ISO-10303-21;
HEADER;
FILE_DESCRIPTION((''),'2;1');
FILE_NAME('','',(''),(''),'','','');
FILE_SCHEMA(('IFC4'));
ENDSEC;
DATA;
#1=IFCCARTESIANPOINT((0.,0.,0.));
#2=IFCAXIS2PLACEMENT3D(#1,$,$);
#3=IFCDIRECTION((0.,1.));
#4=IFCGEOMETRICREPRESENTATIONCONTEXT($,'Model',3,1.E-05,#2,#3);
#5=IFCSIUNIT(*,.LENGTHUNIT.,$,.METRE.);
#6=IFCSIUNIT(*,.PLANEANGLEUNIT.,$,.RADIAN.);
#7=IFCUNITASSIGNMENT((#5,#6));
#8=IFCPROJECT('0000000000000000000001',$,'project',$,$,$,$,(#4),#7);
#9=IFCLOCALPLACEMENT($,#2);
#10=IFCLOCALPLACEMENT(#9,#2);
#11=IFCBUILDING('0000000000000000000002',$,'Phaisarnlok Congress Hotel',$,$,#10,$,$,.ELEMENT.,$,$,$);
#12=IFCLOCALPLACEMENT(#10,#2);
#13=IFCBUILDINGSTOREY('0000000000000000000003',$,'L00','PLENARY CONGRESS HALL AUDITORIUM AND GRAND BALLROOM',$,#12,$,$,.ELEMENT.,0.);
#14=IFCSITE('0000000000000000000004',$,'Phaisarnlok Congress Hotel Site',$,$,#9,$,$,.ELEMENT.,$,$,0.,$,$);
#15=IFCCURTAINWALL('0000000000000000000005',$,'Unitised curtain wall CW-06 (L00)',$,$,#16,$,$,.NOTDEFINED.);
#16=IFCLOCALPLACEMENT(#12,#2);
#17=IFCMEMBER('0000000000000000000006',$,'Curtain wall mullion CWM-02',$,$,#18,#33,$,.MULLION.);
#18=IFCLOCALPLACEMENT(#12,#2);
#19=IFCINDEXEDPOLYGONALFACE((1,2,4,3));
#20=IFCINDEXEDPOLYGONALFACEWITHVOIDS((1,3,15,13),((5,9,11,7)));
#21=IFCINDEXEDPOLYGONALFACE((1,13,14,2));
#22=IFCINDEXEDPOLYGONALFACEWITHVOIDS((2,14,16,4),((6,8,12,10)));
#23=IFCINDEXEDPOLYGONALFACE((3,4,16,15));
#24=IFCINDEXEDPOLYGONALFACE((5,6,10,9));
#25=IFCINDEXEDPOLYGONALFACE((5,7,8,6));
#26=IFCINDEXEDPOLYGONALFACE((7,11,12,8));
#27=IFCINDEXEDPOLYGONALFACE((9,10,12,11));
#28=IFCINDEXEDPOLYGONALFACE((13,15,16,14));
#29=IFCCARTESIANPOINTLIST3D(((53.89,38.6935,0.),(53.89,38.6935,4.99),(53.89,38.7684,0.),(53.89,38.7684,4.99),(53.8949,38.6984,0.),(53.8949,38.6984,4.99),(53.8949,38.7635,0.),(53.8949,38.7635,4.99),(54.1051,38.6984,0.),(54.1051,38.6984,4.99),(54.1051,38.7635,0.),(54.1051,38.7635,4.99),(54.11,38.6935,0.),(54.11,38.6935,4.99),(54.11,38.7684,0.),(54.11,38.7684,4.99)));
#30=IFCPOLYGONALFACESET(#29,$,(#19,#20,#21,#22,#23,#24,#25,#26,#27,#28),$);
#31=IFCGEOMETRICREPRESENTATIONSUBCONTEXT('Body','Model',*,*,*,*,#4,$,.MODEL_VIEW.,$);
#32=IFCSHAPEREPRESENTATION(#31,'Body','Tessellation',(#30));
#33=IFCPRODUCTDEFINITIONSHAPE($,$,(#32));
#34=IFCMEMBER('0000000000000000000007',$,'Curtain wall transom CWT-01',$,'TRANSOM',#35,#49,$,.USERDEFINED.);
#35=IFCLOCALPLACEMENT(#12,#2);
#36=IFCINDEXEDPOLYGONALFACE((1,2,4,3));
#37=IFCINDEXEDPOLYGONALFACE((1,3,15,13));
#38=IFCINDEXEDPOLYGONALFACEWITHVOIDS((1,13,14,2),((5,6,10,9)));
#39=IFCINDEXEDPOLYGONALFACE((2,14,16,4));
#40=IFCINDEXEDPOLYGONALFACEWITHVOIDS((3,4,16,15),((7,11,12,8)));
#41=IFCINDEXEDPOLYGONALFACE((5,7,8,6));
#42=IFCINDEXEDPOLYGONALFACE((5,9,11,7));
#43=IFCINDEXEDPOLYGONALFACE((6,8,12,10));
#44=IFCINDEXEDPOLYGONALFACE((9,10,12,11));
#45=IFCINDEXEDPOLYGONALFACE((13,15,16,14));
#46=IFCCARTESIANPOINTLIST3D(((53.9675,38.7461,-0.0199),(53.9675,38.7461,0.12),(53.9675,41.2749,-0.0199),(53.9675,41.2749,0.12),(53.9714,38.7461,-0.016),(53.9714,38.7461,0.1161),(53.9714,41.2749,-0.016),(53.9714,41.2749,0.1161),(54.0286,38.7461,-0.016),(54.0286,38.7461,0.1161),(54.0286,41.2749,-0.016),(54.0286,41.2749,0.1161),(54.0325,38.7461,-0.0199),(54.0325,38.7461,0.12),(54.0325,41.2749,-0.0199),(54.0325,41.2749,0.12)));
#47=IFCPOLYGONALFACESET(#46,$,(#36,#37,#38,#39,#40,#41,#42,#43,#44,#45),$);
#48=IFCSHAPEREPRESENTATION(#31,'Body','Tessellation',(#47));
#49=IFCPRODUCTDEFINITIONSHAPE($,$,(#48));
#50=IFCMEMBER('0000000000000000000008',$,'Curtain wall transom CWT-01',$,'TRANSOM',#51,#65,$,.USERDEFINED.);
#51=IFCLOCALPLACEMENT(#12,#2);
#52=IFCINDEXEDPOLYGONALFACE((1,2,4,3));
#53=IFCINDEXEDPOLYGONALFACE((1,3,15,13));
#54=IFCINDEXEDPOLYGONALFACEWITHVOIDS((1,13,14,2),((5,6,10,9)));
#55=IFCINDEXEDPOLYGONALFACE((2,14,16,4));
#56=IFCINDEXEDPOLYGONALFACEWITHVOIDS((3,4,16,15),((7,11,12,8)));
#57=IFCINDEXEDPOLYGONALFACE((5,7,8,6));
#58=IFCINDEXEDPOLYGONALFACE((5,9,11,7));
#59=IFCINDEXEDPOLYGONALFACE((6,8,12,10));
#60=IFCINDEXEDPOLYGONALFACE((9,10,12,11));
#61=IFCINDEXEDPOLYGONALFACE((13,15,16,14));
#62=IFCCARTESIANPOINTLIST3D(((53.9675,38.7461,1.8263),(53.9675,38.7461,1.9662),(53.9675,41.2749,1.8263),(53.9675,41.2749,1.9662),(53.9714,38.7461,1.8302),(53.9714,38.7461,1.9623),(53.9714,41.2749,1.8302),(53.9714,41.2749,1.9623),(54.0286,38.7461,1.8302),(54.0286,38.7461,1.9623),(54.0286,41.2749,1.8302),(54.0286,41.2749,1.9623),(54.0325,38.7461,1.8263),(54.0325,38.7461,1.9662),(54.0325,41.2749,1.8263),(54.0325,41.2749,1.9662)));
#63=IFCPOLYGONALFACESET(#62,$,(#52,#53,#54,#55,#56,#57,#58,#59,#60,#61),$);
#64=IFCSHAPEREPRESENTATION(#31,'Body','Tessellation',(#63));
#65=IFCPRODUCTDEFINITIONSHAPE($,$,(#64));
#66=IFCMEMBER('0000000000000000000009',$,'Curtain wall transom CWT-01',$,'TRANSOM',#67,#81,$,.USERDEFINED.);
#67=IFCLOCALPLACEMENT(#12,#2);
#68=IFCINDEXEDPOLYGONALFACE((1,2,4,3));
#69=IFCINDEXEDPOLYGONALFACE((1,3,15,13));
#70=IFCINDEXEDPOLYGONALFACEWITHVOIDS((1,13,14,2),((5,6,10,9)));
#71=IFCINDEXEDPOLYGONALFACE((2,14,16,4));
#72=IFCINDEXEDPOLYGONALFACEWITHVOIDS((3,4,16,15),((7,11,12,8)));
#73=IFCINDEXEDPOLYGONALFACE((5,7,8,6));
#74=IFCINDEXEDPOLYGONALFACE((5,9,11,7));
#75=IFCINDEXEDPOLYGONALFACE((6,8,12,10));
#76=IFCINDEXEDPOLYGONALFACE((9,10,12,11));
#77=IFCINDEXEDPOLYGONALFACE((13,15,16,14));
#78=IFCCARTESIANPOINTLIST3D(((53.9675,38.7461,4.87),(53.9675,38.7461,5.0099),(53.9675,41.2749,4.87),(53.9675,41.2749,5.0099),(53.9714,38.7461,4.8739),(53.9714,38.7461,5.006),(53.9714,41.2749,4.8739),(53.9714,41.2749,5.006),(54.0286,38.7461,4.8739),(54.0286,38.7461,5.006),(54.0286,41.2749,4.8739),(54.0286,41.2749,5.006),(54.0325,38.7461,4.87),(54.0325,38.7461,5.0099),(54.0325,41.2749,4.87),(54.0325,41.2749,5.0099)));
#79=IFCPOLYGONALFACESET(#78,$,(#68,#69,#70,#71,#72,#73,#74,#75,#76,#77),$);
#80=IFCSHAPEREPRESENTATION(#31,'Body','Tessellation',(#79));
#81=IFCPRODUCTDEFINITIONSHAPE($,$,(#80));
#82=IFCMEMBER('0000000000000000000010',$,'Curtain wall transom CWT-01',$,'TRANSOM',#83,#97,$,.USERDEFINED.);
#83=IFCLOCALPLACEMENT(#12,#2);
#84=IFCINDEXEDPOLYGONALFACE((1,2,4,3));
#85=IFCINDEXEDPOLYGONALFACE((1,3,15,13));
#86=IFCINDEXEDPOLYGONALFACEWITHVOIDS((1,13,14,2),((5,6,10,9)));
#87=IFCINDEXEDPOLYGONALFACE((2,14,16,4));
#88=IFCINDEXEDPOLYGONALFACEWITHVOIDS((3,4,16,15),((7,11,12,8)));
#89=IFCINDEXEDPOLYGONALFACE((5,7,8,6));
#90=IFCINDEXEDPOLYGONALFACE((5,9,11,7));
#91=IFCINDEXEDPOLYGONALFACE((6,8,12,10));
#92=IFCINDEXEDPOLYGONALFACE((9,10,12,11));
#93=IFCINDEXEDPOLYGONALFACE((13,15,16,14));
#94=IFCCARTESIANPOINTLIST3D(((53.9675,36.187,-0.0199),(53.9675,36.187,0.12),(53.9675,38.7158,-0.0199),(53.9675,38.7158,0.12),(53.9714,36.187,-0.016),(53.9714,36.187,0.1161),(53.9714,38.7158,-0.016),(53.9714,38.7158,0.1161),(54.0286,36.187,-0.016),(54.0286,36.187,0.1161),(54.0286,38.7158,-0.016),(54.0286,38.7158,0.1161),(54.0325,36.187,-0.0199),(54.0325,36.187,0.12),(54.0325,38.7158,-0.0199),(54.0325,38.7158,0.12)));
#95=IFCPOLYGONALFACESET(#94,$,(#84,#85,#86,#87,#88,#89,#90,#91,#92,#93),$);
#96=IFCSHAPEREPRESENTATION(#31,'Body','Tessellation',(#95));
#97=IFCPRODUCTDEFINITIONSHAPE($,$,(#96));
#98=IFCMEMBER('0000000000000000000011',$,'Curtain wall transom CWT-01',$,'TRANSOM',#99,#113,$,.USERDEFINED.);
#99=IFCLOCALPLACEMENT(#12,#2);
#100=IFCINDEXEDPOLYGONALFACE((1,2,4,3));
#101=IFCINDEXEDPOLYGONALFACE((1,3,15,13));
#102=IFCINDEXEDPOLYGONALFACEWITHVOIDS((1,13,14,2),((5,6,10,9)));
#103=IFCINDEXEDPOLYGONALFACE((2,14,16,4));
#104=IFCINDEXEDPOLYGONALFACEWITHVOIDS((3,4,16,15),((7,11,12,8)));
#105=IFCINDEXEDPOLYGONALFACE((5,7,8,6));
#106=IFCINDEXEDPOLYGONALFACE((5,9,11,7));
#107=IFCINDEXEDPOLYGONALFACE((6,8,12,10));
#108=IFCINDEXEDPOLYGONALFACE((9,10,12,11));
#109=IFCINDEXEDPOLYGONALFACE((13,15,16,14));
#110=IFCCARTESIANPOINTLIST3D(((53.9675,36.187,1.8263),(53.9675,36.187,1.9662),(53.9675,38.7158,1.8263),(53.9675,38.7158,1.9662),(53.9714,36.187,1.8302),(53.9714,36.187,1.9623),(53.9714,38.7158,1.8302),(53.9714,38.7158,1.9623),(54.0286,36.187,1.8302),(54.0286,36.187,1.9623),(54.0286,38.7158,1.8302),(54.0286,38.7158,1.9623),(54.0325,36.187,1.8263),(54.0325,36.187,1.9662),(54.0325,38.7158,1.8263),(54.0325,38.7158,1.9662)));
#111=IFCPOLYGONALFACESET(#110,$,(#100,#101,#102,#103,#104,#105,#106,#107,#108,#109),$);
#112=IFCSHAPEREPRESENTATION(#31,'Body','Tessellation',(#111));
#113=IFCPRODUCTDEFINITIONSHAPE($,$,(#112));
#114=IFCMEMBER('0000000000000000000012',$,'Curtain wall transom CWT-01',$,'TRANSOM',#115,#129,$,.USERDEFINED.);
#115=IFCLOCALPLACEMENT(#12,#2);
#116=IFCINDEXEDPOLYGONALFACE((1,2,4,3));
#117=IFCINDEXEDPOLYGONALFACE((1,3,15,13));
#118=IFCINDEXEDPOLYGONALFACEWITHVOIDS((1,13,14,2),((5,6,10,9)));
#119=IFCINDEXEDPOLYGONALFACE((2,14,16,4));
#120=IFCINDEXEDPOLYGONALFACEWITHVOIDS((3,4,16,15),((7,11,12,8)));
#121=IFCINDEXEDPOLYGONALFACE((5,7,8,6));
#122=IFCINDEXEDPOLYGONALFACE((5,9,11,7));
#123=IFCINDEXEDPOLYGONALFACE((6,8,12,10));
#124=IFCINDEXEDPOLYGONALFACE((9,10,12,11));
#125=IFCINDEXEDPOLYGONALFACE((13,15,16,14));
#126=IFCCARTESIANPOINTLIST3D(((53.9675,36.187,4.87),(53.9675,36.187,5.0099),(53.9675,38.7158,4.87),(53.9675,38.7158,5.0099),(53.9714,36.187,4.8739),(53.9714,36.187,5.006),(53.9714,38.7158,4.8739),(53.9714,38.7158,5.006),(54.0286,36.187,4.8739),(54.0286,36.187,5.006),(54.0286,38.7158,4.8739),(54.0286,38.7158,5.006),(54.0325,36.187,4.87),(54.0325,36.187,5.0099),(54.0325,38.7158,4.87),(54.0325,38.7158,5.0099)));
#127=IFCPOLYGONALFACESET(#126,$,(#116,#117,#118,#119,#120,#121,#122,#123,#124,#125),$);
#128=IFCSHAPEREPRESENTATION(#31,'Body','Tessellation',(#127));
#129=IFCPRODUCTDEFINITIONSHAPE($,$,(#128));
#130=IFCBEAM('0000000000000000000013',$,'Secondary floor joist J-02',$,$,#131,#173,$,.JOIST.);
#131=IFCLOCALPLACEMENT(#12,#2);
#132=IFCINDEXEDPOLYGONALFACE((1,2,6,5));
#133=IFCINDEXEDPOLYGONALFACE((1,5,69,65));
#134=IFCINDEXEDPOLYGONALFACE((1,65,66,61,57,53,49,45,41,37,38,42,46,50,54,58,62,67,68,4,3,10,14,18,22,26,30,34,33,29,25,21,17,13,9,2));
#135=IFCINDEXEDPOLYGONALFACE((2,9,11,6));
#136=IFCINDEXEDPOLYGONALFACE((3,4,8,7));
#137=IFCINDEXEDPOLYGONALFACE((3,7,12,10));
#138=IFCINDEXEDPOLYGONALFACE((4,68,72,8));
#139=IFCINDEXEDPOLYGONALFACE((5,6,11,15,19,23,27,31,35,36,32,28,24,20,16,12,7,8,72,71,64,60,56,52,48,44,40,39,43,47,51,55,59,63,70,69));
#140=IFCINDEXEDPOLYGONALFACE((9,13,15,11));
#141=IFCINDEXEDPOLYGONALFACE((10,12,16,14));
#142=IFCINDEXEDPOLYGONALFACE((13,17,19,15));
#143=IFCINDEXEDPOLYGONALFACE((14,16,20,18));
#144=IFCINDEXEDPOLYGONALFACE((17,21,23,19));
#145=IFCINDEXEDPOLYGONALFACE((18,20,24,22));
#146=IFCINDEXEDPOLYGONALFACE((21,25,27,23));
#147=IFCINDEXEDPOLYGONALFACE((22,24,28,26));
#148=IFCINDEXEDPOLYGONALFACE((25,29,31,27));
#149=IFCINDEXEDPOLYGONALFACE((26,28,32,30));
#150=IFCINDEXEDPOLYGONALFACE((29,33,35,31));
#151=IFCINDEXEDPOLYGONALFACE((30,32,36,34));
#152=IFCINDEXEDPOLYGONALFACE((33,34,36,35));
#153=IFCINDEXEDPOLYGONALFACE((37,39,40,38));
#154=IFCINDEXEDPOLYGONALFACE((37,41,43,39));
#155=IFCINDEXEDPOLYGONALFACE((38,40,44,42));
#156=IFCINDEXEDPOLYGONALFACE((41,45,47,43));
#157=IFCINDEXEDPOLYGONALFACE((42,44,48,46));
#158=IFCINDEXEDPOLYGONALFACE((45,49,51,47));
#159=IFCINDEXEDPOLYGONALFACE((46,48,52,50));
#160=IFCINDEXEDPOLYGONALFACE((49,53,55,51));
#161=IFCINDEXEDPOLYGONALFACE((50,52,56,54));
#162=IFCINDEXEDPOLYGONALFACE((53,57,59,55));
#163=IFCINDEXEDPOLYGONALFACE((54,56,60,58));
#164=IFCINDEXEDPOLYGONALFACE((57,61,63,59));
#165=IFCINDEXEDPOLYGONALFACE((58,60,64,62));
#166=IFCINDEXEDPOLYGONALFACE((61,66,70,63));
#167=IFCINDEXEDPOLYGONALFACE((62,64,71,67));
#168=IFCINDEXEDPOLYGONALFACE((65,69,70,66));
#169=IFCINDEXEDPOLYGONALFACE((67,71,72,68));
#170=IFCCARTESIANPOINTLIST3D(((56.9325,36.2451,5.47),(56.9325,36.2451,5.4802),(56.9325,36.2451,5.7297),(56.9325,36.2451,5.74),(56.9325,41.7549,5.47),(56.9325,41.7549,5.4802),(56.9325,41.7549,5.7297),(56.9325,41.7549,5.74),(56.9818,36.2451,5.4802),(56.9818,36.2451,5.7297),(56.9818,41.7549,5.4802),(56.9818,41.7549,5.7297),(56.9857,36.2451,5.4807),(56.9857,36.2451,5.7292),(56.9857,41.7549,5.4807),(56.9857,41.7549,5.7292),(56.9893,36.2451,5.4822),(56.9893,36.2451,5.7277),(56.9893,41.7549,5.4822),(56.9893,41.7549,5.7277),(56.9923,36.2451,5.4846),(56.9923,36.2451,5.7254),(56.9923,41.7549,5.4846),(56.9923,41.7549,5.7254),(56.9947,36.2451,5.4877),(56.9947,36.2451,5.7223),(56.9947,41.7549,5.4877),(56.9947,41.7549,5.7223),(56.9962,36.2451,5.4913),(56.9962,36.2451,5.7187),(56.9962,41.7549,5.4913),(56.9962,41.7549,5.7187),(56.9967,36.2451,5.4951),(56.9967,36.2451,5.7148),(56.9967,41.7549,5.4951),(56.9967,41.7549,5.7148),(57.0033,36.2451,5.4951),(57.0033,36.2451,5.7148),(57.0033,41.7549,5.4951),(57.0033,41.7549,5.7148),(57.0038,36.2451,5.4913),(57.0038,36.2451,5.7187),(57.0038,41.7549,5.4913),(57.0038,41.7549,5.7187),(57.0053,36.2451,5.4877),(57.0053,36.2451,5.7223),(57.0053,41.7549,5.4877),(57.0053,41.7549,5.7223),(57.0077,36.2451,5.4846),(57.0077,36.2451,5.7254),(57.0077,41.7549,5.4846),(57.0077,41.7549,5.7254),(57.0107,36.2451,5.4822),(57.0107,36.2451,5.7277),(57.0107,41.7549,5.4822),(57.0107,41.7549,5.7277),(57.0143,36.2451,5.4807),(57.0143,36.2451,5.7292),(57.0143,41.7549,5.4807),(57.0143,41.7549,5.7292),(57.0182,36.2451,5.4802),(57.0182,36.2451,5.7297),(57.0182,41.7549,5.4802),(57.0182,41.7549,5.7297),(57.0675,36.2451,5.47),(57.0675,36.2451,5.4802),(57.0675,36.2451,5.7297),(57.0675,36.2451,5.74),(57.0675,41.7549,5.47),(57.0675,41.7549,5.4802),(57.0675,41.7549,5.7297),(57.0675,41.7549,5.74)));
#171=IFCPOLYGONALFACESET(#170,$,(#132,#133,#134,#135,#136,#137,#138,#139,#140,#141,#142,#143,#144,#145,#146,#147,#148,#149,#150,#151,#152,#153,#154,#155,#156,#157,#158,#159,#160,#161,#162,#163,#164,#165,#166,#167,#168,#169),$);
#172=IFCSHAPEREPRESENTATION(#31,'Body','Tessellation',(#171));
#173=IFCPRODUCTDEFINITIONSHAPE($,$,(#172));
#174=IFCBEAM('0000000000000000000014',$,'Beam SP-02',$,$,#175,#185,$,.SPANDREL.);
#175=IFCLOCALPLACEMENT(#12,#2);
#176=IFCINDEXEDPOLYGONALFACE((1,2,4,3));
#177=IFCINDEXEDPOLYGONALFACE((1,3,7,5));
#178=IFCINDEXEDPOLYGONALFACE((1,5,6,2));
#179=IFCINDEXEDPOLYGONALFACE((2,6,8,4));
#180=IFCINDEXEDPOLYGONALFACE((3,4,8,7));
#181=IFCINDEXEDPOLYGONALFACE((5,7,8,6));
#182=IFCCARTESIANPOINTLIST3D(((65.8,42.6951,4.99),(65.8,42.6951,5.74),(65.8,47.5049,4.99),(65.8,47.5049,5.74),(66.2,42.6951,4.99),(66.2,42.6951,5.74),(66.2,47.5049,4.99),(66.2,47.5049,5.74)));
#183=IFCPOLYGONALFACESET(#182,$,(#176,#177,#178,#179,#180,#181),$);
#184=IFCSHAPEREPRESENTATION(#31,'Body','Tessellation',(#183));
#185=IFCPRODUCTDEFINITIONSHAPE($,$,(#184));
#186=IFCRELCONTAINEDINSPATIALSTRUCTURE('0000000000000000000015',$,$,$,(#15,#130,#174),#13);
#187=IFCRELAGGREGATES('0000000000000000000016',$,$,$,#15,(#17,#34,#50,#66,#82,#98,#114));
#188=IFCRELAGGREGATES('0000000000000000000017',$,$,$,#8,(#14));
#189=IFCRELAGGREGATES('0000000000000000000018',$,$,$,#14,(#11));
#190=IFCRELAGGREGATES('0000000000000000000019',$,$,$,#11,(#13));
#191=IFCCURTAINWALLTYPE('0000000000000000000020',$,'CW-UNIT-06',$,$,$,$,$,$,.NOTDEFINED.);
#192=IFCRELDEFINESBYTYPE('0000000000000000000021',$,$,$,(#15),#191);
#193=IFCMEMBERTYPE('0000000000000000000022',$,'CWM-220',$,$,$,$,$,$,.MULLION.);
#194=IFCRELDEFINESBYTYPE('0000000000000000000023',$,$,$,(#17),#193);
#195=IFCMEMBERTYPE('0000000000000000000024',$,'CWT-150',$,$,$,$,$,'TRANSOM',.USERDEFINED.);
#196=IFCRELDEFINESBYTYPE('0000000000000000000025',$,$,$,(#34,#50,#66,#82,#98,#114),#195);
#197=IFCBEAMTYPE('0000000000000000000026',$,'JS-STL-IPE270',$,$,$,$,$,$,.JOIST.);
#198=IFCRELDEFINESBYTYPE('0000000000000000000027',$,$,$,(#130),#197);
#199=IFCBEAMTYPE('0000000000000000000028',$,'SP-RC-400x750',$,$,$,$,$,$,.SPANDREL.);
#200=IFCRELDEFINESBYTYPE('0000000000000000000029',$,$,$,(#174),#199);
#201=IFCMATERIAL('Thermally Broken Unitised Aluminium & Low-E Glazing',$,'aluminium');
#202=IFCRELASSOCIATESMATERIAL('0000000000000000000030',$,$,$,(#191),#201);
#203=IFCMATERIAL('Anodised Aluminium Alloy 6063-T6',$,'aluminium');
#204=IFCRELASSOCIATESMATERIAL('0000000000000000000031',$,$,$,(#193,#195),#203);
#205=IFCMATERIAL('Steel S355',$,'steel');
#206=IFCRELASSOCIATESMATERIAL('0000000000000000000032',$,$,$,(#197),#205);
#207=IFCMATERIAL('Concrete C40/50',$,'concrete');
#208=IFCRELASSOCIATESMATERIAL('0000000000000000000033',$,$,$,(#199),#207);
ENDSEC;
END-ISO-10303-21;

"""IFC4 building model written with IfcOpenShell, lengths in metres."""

from ifc_helpers import new_model, si_unit, direction, frame, origin, origin_2d, place, context, subcontext, project, spatial, rectangle, hollow_rectangle, i_section, extrude, material, material_profile, profile_set, type_object, element, aggregate, save


model = new_model("IFC4")

# Units and contexts
model_context = context("Model", 3, precision=1e-05, world=origin(), true_north=direction((0.0, 1.0)))
body_context = subcontext(model_context, "Body", "Model", "MODEL_VIEW")
ifc_project = project(units=[si_unit("LENGTHUNIT", "METRE"), si_unit("PLANEANGLEUNIT", "RADIAN")], contexts=[model_context])

# Site, building, storey
site_placement = place(None, origin())
site = spatial("IfcSite", under=ifc_project, at=site_placement, Name="Phaisarnlok Congress Hotel Site", CompositionType="ELEMENT", RefElevation=0.0)
building_placement = place(site_placement, origin())
building = spatial("IfcBuilding", under=site, at=building_placement, Name="Phaisarnlok Congress Hotel", CompositionType="ELEMENT")
storey_placement = place(building_placement, origin())
storey = spatial("IfcBuildingStorey", under=building, at=storey_placement, Name="L00", Description="PLENARY CONGRESS HALL AUDITORIUM AND GRAND BALLROOM", CompositionType="ELEMENT", Elevation=0.0)

# Shared definitions
ifc_material_1 = material(Name="Concrete C40/50", Category="concrete")

# Curtain wall, members
ifc_material_2 = material(Name="Thermally Broken Unitised Aluminium & Low-E Glazing", Category="aluminium")
curtain_wall_type = type_object("IfcCurtainWallType", Name="CW-UNIT-06", PredefinedType="NOTDEFINED", material=ifc_material_2)
curtain_wall_placement = place(storey_placement, origin())
curtain_wall = element("IfcCurtainWall", 1, at=curtain_wall_placement, inside=storey, type_object=curtain_wall_type, Name="Unitised curtain wall CW-06 (L00)", PredefinedType="NOTDEFINED")
ifc_material_3 = material(Name="Anodised Aluminium Alloy 6063-T6", Category="aluminium")
ifc_material_profile_1 = material_profile(ifc_material_3, hollow_rectangle(XDim=0.075, YDim=0.22, WallThickness=0.0049, at=origin_2d()), Name="ALU-M 75x220x5")
ifc_profile_set_1 = profile_set([ifc_material_profile_1], Name="Anodised Aluminium Alloy 6063-T6")
member_type_1 = type_object("IfcMemberType", Name="CWM-220", PredefinedType="MULLION", material=ifc_profile_set_1)
member_1_placement = place(storey_placement, frame((54.0, 38.731, 0.0), z_axis=(0.0, 0.0, 1.0), x_axis=(0.0, -1.0, 0.0)))
member_1 = element("IfcMember", 2, at=member_1_placement, type_object=member_type_1, Name="Curtain wall mullion CWM-02", PredefinedType="MULLION", context=body_context, shape_type="SweptSolid", body=[
    extrude(hollow_rectangle(XDim=0.075, YDim=0.22, WallThickness=0.0049, at=origin_2d()), origin(), (0.0, 0.0, 1.0), 4.99),
])
ifc_material_profile_2 = material_profile(ifc_material_3, hollow_rectangle(XDim=0.0649, YDim=0.1399, WallThickness=0.0039, at=origin_2d()), Name="ALU-T 65x140x4")
ifc_profile_set_2 = profile_set([ifc_material_profile_2], Name="Anodised Aluminium Alloy 6063-T6")
member_type_2 = type_object("IfcMemberType", Name="CWT-150", ElementType="TRANSOM", PredefinedType="USERDEFINED", material=ifc_profile_set_2)
member_2_placement = place(storey_placement, frame((54.0, 41.2749, 0.05), z_axis=(0.0, -1.0, 0.0), x_axis=(1.0, 0.0, 0.0)))
member_2 = element("IfcMember", 3, at=member_2_placement, type_object=member_type_2, Name="Curtain wall transom CWT-01", ObjectType="TRANSOM", PredefinedType="USERDEFINED", context=body_context, shape_type="SweptSolid", body=[
    extrude(hollow_rectangle(XDim=0.0649, YDim=0.1399, WallThickness=0.0039, at=origin_2d()), origin(), (0.0, 0.0, 1.0), 2.5288),
])
member_3_placement = place(storey_placement, frame((54.0, 41.2749, 1.8962), z_axis=(0.0, -1.0, 0.0), x_axis=(1.0, 0.0, 0.0)))
member_3 = element("IfcMember", 4, at=member_3_placement, type_object=member_type_2, Name="Curtain wall transom CWT-01", ObjectType="TRANSOM", PredefinedType="USERDEFINED", context=body_context, shape_type="SweptSolid", body=[
    extrude(hollow_rectangle(XDim=0.0649, YDim=0.1399, WallThickness=0.0039, at=origin_2d()), origin(), (0.0, 0.0, 1.0), 2.5288),
])
member_4_placement = place(storey_placement, frame((54.0, 41.2749, 4.9399), z_axis=(0.0, -1.0, 0.0), x_axis=(1.0, 0.0, 0.0)))
member_4 = element("IfcMember", 5, at=member_4_placement, type_object=member_type_2, Name="Curtain wall transom CWT-01", ObjectType="TRANSOM", PredefinedType="USERDEFINED", context=body_context, shape_type="SweptSolid", body=[
    extrude(hollow_rectangle(XDim=0.0649, YDim=0.1399, WallThickness=0.0039, at=origin_2d()), origin(), (0.0, 0.0, 1.0), 2.5288),
])
member_5_placement = place(storey_placement, frame((54.0, 38.7158, 0.05), z_axis=(0.0, -1.0, 0.0), x_axis=(1.0, 0.0, 0.0)))
member_5 = element("IfcMember", 6, at=member_5_placement, type_object=member_type_2, Name="Curtain wall transom CWT-01", ObjectType="TRANSOM", PredefinedType="USERDEFINED", context=body_context, shape_type="SweptSolid", body=[
    extrude(hollow_rectangle(XDim=0.0649, YDim=0.1399, WallThickness=0.0039, at=origin_2d()), origin(), (0.0, 0.0, 1.0), 2.5288),
])
member_6_placement = place(storey_placement, frame((54.0, 38.7158, 1.8962), z_axis=(0.0, -1.0, 0.0), x_axis=(1.0, 0.0, 0.0)))
member_6 = element("IfcMember", 7, at=member_6_placement, type_object=member_type_2, Name="Curtain wall transom CWT-01", ObjectType="TRANSOM", PredefinedType="USERDEFINED", context=body_context, shape_type="SweptSolid", body=[
    extrude(hollow_rectangle(XDim=0.0649, YDim=0.1399, WallThickness=0.0039, at=origin_2d()), origin(), (0.0, 0.0, 1.0), 2.5288),
])
member_7_placement = place(storey_placement, frame((54.0, 38.7158, 4.9399), z_axis=(0.0, -1.0, 0.0), x_axis=(1.0, 0.0, 0.0)))
member_7 = element("IfcMember", 8, at=member_7_placement, type_object=member_type_2, Name="Curtain wall transom CWT-01", ObjectType="TRANSOM", PredefinedType="USERDEFINED", context=body_context, shape_type="SweptSolid", body=[
    extrude(hollow_rectangle(XDim=0.0649, YDim=0.1399, WallThickness=0.0039, at=origin_2d()), origin(), (0.0, 0.0, 1.0), 2.5288),
])

# Beams
ifc_material_4 = material(Name="Steel S355", Category="steel")
ifc_material_profile_3 = material_profile(ifc_material_4, i_section(OverallWidth=0.135, OverallDepth=0.27, WebThickness=0.0066, FlangeThickness=0.0103, FilletRadius=0.0149, at=origin_2d()), Name="IPE 270")
ifc_profile_set_3 = profile_set([ifc_material_profile_3], Name="Steel S355")
beam_type_1 = type_object("IfcBeamType", Name="JS-STL-IPE270", PredefinedType="JOIST", material=ifc_profile_set_3)
beam_1_placement = place(storey_placement, frame((57.0, 36.2451, 5.605), z_axis=(0.0, 1.0, 0.0), x_axis=(-1.0, 0.0, 0.0)))
element("IfcBeam", 9, at=beam_1_placement, inside=storey, type_object=beam_type_1, Name="Secondary floor joist J-02", PredefinedType="JOIST", context=body_context, shape_type="SweptSolid", body=[
    extrude(i_section(OverallWidth=0.135, OverallDepth=0.27, WebThickness=0.0066, FlangeThickness=0.0103, FilletRadius=0.0149, at=origin_2d()), origin(), (0.0, 0.0, 1.0), 5.5098),
])
ifc_material_profile_4 = material_profile(ifc_material_1, rectangle(XDim=0.3999, YDim=0.75, at=origin_2d()), Name="RC 400x750")
ifc_profile_set_4 = profile_set([ifc_material_profile_4], Name="Concrete C40/50")
beam_type_2 = type_object("IfcBeamType", Name="SP-RC-400x750", PredefinedType="SPANDREL", material=ifc_profile_set_4)
beam_2_placement = place(storey_placement, frame((66.0, 42.6951, 5.365), z_axis=(0.0, 1.0, 0.0), x_axis=(-1.0, 0.0, 0.0)))
element("IfcBeam", 10, at=beam_2_placement, inside=storey, type_object=beam_type_2, Name="Beam SP-02", PredefinedType="SPANDREL", context=body_context, shape_type="SweptSolid", body=[
    extrude(rectangle(XDim=0.3999, YDim=0.75, at=origin_2d()), origin(), (0.0, 0.0, 1.0), 4.8098),
])

aggregate(curtain_wall, [member_1, member_2, member_3, member_4, member_5, member_6, member_7])

save(model, "model.ifc")
